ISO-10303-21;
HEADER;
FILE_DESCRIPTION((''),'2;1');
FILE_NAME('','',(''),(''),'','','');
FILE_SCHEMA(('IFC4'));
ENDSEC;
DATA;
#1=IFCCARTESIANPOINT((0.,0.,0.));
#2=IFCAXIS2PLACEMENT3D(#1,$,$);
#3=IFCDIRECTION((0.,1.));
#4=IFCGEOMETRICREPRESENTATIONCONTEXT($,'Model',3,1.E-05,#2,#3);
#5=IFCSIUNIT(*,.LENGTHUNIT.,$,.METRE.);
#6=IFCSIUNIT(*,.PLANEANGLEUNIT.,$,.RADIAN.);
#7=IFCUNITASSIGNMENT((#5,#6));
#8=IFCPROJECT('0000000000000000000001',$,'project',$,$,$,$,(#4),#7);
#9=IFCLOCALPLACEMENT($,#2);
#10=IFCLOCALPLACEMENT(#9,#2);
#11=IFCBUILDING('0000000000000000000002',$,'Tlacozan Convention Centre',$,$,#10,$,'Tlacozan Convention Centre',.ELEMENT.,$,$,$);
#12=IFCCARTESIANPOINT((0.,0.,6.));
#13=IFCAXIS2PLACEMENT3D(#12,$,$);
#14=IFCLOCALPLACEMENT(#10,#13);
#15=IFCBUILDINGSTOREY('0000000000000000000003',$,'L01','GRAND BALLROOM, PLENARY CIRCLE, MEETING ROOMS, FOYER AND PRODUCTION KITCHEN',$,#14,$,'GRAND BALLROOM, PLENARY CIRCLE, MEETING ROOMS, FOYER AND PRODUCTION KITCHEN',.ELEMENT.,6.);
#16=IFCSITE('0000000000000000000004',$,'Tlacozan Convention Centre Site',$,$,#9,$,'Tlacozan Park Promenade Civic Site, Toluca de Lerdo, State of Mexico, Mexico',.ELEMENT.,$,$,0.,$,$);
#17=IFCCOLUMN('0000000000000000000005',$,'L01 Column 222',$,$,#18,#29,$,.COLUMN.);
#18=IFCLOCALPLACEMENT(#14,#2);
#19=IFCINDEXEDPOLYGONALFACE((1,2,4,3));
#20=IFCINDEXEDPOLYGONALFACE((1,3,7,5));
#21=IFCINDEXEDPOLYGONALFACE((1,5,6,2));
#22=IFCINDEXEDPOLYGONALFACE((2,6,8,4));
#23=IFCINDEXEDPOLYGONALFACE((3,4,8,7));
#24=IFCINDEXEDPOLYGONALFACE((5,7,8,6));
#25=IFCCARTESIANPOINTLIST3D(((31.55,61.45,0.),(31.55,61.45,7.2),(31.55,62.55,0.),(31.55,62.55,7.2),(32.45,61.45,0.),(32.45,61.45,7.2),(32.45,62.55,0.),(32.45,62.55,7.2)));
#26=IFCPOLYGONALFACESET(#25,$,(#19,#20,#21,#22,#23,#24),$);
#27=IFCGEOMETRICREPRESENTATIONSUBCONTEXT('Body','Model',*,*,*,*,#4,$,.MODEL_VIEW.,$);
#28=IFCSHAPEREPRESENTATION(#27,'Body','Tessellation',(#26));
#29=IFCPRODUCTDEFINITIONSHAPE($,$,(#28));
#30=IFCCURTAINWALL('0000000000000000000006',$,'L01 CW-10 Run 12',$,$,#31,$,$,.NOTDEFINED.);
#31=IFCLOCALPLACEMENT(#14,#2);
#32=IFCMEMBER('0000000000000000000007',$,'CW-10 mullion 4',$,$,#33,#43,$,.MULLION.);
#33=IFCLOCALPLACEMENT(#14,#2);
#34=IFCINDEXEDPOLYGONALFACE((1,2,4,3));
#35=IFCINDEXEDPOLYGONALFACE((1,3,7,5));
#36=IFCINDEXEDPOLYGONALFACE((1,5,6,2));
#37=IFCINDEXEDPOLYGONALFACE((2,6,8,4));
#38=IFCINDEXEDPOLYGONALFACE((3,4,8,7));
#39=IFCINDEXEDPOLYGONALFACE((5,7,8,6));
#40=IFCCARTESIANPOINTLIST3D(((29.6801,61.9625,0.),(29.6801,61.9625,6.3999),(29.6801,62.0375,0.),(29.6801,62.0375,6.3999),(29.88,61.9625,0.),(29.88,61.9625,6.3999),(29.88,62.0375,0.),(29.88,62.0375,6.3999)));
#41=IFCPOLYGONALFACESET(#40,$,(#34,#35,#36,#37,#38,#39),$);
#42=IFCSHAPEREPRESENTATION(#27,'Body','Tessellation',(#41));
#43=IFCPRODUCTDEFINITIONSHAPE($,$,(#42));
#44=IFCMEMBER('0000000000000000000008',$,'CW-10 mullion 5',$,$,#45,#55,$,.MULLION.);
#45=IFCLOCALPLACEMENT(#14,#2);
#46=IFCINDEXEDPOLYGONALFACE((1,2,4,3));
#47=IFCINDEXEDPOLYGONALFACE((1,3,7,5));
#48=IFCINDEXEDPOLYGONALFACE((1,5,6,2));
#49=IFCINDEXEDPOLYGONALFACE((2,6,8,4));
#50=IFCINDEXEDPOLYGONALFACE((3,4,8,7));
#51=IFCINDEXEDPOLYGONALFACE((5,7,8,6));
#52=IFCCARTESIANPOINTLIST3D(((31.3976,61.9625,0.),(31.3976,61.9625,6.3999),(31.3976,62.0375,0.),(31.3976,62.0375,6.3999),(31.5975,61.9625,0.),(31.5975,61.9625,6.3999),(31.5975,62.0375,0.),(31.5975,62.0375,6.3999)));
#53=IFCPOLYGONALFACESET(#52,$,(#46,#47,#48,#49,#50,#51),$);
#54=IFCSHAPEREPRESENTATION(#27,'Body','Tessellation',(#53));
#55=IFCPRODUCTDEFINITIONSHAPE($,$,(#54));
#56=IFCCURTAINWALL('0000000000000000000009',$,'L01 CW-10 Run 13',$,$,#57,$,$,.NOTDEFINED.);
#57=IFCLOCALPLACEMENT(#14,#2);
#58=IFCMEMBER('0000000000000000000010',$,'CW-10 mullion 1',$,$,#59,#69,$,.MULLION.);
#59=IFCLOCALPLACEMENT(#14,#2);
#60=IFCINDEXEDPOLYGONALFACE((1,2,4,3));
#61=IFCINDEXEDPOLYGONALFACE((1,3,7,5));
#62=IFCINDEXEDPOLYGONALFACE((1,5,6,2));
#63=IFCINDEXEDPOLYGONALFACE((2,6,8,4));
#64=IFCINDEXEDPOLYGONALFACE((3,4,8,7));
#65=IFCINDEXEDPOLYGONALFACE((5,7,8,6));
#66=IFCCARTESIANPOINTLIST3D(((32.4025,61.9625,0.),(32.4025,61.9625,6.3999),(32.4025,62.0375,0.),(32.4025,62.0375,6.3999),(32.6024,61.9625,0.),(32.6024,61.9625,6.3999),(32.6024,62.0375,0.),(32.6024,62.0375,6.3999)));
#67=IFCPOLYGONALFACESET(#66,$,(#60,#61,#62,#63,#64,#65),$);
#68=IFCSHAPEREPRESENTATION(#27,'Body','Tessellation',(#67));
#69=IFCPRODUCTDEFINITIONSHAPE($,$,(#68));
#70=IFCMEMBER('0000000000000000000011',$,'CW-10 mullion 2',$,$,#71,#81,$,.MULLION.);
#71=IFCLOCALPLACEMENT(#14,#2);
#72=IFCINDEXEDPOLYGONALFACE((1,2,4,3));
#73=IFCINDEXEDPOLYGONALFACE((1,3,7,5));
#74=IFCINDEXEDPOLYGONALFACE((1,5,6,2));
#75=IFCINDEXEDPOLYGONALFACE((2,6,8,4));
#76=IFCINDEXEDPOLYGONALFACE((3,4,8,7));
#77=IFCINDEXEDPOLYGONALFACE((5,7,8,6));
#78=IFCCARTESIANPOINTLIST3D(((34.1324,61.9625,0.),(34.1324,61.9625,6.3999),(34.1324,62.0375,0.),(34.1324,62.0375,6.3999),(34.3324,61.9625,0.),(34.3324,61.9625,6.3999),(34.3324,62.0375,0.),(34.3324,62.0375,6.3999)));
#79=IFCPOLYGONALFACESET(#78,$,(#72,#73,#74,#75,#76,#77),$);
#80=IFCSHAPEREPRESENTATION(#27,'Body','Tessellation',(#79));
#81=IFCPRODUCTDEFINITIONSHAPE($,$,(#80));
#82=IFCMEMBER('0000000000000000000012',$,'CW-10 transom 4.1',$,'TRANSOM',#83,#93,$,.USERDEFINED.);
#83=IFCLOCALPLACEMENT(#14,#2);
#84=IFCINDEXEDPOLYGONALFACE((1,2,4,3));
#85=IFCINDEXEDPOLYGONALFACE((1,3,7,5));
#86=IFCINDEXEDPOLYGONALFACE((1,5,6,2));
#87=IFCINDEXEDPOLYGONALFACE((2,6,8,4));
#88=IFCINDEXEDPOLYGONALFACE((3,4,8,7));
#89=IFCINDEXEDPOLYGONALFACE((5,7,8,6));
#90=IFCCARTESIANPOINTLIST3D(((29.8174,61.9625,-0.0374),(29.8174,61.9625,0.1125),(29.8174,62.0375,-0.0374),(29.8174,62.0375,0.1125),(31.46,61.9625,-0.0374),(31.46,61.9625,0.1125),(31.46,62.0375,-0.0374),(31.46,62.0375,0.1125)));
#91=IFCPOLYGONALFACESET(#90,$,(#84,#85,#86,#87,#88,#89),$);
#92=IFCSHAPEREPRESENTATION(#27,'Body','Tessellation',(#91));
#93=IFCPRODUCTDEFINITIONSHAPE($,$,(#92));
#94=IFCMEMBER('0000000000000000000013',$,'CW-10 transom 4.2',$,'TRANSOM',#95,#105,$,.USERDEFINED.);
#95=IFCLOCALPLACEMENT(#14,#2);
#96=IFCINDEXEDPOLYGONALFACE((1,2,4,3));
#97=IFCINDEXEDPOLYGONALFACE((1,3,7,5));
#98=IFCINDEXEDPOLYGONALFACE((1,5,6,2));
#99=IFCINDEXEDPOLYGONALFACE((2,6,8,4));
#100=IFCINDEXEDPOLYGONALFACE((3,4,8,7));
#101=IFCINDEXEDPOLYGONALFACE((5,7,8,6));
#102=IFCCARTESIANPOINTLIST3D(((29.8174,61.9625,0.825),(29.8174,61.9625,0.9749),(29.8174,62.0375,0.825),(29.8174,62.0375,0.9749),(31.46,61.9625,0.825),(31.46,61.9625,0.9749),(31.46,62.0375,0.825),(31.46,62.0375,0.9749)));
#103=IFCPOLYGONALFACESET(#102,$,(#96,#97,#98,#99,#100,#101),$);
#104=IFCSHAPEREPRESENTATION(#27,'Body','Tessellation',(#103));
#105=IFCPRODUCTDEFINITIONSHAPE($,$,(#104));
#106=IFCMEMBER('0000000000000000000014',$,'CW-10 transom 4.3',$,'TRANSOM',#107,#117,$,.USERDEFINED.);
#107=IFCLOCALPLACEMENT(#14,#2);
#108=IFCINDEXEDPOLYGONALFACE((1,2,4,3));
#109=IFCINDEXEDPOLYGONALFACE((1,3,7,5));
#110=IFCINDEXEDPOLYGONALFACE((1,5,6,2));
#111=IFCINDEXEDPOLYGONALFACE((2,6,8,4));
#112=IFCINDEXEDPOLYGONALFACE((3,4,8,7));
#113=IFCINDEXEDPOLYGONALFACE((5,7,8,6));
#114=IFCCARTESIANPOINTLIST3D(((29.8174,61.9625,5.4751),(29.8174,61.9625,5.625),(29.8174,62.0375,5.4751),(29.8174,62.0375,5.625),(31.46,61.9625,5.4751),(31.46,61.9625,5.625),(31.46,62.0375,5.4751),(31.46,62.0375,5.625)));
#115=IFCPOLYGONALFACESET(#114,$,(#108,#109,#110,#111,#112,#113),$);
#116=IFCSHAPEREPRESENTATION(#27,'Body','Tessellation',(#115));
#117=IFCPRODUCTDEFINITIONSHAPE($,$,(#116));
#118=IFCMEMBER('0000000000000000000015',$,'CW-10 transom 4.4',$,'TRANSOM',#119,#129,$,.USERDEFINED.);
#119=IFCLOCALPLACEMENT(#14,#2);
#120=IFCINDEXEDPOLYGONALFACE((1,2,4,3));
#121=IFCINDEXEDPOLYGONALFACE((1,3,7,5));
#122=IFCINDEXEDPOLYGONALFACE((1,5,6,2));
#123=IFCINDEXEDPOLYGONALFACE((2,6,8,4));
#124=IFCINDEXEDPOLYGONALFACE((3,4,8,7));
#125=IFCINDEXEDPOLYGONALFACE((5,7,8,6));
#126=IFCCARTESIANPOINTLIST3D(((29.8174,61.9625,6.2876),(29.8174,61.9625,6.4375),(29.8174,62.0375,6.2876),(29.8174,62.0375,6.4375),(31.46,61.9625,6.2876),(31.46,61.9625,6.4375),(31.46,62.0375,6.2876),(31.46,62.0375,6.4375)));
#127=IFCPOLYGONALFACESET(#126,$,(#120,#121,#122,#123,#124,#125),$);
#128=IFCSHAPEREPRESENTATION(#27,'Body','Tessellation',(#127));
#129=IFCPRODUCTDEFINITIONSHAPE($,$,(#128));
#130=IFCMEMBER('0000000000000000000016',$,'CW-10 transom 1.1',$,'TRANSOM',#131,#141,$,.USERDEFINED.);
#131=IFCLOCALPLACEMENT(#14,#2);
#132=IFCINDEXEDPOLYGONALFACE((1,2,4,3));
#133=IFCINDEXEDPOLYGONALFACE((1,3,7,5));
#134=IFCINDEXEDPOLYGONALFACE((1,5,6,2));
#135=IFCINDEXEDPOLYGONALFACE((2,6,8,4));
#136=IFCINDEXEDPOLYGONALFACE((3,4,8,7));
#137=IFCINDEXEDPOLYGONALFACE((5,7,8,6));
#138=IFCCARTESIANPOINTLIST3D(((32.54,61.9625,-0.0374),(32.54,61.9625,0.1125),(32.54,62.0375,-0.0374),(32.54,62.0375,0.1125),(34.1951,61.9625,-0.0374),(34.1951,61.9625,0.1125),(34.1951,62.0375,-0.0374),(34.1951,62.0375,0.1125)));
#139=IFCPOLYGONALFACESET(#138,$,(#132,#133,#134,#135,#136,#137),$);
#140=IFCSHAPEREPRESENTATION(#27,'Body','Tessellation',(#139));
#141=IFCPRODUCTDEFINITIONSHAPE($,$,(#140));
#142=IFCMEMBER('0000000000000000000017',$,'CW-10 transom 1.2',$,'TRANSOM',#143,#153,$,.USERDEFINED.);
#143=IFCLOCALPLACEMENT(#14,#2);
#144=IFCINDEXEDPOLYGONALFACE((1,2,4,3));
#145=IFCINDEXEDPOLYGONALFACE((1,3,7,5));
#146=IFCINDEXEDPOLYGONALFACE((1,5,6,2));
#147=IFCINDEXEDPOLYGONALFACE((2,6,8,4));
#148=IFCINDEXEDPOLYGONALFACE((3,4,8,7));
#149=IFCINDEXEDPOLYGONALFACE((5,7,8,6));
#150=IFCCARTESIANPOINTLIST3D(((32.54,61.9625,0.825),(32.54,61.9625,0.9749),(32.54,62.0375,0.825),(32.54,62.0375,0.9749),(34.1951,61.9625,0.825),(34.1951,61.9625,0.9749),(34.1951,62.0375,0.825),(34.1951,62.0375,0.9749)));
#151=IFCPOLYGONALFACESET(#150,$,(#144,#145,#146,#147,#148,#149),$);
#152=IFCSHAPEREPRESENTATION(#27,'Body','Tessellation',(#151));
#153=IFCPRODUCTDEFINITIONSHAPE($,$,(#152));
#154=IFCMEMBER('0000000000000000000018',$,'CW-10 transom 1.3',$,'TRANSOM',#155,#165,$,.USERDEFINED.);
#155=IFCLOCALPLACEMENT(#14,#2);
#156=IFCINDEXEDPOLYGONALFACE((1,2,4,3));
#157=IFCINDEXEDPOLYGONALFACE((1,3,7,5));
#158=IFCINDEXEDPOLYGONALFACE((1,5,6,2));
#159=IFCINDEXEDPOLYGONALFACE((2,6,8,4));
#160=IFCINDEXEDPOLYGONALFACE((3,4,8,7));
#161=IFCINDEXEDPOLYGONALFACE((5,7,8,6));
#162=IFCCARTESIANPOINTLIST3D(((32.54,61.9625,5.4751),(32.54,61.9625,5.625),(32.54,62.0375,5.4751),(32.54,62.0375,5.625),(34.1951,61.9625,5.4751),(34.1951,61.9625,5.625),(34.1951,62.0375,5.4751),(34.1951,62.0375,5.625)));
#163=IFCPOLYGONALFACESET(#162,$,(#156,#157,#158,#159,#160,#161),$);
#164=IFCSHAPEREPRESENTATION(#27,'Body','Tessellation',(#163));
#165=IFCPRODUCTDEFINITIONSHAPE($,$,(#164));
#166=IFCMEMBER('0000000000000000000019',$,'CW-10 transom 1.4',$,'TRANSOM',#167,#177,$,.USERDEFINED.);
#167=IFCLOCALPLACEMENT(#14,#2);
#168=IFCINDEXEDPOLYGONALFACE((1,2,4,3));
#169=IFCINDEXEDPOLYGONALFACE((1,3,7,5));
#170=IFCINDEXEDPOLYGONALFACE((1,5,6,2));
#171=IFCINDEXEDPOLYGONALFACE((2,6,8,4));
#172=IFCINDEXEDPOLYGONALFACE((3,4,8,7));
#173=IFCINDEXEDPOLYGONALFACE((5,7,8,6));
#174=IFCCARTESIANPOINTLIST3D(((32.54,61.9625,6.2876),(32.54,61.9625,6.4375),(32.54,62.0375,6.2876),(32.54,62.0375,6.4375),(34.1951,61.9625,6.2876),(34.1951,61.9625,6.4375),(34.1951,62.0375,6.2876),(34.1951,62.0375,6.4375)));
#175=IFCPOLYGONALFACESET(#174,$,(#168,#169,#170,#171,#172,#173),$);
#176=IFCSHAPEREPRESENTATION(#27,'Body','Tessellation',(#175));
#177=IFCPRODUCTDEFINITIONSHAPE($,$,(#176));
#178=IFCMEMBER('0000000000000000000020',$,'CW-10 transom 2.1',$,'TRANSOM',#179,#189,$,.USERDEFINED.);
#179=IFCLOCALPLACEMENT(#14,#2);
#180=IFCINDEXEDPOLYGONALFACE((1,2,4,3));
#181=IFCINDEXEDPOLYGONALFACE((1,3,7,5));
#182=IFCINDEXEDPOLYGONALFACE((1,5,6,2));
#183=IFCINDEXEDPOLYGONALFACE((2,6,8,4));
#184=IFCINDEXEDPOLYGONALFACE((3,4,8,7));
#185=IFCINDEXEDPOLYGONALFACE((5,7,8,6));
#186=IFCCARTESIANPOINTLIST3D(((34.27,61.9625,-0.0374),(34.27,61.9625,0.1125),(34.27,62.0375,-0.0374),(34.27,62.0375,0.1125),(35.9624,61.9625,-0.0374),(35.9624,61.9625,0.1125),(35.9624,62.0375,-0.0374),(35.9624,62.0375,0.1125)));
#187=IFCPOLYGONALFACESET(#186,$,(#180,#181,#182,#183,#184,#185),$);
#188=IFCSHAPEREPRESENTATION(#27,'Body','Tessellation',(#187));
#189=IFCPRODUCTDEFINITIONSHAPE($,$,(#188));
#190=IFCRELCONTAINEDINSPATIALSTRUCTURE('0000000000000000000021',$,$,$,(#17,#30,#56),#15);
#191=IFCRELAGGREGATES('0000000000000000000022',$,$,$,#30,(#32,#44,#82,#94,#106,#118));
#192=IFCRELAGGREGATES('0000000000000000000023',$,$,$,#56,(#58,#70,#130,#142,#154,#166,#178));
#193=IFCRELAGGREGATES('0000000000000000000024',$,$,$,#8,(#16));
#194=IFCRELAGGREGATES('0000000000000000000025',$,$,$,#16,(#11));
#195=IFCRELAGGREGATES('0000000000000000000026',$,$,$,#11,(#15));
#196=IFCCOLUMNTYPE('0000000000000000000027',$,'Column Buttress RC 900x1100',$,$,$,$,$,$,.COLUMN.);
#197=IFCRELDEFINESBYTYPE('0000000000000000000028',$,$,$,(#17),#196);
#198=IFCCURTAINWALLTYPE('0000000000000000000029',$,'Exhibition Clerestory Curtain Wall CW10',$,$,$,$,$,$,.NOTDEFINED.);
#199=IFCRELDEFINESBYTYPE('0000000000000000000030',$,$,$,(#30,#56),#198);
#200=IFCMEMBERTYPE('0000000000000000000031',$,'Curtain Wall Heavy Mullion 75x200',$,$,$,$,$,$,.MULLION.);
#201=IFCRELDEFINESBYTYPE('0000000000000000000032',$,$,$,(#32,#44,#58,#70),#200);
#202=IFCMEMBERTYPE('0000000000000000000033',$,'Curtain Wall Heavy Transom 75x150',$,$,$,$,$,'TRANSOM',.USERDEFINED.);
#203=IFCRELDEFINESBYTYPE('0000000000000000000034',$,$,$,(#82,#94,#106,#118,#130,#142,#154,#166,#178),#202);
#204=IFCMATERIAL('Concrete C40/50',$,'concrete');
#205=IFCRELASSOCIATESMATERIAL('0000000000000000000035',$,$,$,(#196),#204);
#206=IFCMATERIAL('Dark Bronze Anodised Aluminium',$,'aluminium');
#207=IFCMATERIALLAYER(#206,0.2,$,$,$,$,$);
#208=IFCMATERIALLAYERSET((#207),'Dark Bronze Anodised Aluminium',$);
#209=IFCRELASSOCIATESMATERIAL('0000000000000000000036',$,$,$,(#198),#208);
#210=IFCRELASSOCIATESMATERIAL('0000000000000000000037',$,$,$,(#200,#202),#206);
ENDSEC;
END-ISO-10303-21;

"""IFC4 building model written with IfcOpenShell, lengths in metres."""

from ifc_helpers import new_model, si_unit, direction, frame, origin, origin_2d, place, context, subcontext, project, spatial, rectangle, extrude, material, layer, layer_set, material_profile, profile_set, type_object, element, aggregate, save


model = new_model("IFC4")

# Units and contexts
model_context = context("Model", 3, precision=1e-05, world=origin(), true_north=direction((0.0, 1.0)))
body_context = subcontext(model_context, "Body", "Model", "MODEL_VIEW")
ifc_project = project(units=[si_unit("LENGTHUNIT", "METRE"), si_unit("PLANEANGLEUNIT", "RADIAN")], contexts=[model_context])

# Site, building, storey
site_placement = place(None, origin())
site = spatial("IfcSite", under=ifc_project, at=site_placement, Name="Tlacozan Convention Centre Site", LongName="Tlacozan Park Promenade Civic Site, Toluca de Lerdo, State of Mexico, Mexico", CompositionType="ELEMENT", RefElevation=0.0)
building_placement = place(site_placement, origin())
building = spatial("IfcBuilding", under=site, at=building_placement, Name="Tlacozan Convention Centre", LongName="Tlacozan Convention Centre", CompositionType="ELEMENT")
storey_placement = place(building_placement, frame((0.0, 0.0, 6.0)))
storey = spatial("IfcBuildingStorey", under=building, at=storey_placement, Name="L01", Description="GRAND BALLROOM, PLENARY CIRCLE, MEETING ROOMS, FOYER AND PRODUCTION KITCHEN", LongName="GRAND BALLROOM, PLENARY CIRCLE, MEETING ROOMS, FOYER AND PRODUCTION KITCHEN", CompositionType="ELEMENT", Elevation=6.0)

# Column
ifc_material_1 = material(Name="Concrete C40/50", Category="concrete")
ifc_material_profile_1 = material_profile(ifc_material_1, rectangle(XDim=0.8999, YDim=1.1001, at=origin_2d()), Name="RC 900x1100")
ifc_profile_set_1 = profile_set([ifc_material_profile_1], Name="Concrete C40/50")
column_type = type_object("IfcColumnType", Name="Column Buttress RC 900x1100", PredefinedType="COLUMN", material=ifc_profile_set_1)
column_placement = place(storey_placement, frame((32.0, 62.0, 0.0), z_axis=(0.0, 0.0, 1.0), x_axis=(1.0, 0.0, 0.0)))
element("IfcColumn", 1, at=column_placement, inside=storey, type_object=column_type, Name="L01 Column 222", PredefinedType="COLUMN", context=body_context, shape_type="SweptSolid", body=[
    extrude(rectangle(XDim=0.8999, YDim=1.1001, at=origin_2d()), origin(), (0.0, 0.0, 1.0), 7.2),
])

# Curtain walls, members
ifc_material_2 = material(Name="Dark Bronze Anodised Aluminium", Category="aluminium")
ifc_layer_1 = layer(ifc_material_2, 0.2)
ifc_layer_set_1 = layer_set([ifc_layer_1], Name="Dark Bronze Anodised Aluminium")
curtain_wall_type = type_object("IfcCurtainWallType", Name="Exhibition Clerestory Curtain Wall CW10", PredefinedType="NOTDEFINED", material=ifc_layer_set_1)
curtain_wall_1_placement = place(storey_placement, origin())
curtain_wall_1 = element("IfcCurtainWall", 2, at=curtain_wall_1_placement, inside=storey, type_object=curtain_wall_type, Name="L01 CW-10 Run 12", PredefinedType="NOTDEFINED")
ifc_material_profile_2 = material_profile(ifc_material_2, rectangle(XDim=0.075, YDim=0.2, at=origin_2d()), Name="ALU 75x200")
ifc_profile_set_2 = profile_set([ifc_material_profile_2], Name="Dark Bronze Anodised Aluminium")
member_type_1 = type_object("IfcMemberType", Name="Curtain Wall Heavy Mullion 75x200", PredefinedType="MULLION", material=ifc_profile_set_2)
member_1_placement = place(storey_placement, frame((29.78, 62.0, 0.0), z_axis=(0.0, 0.0, 1.0), x_axis=(0.0, 1.0, 0.0)))
member_1 = element("IfcMember", 3, at=member_1_placement, type_object=member_type_1, Name="CW-10 mullion 4", PredefinedType="MULLION", context=body_context, shape_type="SweptSolid", body=[
    extrude(rectangle(XDim=0.075, YDim=0.2, at=origin_2d()), origin(), (0.0, 0.0, 1.0), 6.3999),
])
member_2_placement = place(storey_placement, frame((31.4976, 62.0, 0.0), z_axis=(0.0, 0.0, 1.0), x_axis=(0.0, 1.0, 0.0)))
member_2 = element("IfcMember", 4, at=member_2_placement, type_object=member_type_1, Name="CW-10 mullion 5", PredefinedType="MULLION", context=body_context, shape_type="SweptSolid", body=[
    extrude(rectangle(XDim=0.075, YDim=0.2, at=origin_2d()), origin(), (0.0, 0.0, 1.0), 6.3999),
])
curtain_wall_2_placement = place(storey_placement, origin())
curtain_wall_2 = element("IfcCurtainWall", 5, at=curtain_wall_2_placement, inside=storey, type_object=curtain_wall_type, Name="L01 CW-10 Run 13", PredefinedType="NOTDEFINED")
member_3_placement = place(storey_placement, frame((32.5024, 62.0, 0.0), z_axis=(0.0, 0.0, 1.0), x_axis=(0.0, 1.0, 0.0)))
member_3 = element("IfcMember", 6, at=member_3_placement, type_object=member_type_1, Name="CW-10 mullion 1", PredefinedType="MULLION", context=body_context, shape_type="SweptSolid", body=[
    extrude(rectangle(XDim=0.075, YDim=0.2, at=origin_2d()), origin(), (0.0, 0.0, 1.0), 6.3999),
])
member_4_placement = place(storey_placement, frame((34.2324, 62.0, 0.0), z_axis=(0.0, 0.0, 1.0), x_axis=(0.0, 1.0, 0.0)))
member_4 = element("IfcMember", 7, at=member_4_placement, type_object=member_type_1, Name="CW-10 mullion 2", PredefinedType="MULLION", context=body_context, shape_type="SweptSolid", body=[
    extrude(rectangle(XDim=0.075, YDim=0.2, at=origin_2d()), origin(), (0.0, 0.0, 1.0), 6.3999),
])

# Members
ifc_material_profile_3 = material_profile(ifc_material_2, rectangle(XDim=0.075, YDim=0.1499, at=origin_2d()), Name="ALU 75x150")
ifc_profile_set_3 = profile_set([ifc_material_profile_3], Name="Dark Bronze Anodised Aluminium")
member_type_2 = type_object("IfcMemberType", Name="Curtain Wall Heavy Transom 75x150", ElementType="TRANSOM", PredefinedType="USERDEFINED", material=ifc_profile_set_3)
member_5_placement = place(storey_placement, frame((29.8174, 62.0, 0.0376), z_axis=(1.0, 0.0, 0.0), x_axis=(0.0, 1.0, 0.0)))
member_5 = element("IfcMember", 8, at=member_5_placement, type_object=member_type_2, Name="CW-10 transom 4.1", ObjectType="TRANSOM", PredefinedType="USERDEFINED", context=body_context, shape_type="SweptSolid", body=[
    extrude(rectangle(XDim=0.075, YDim=0.1499, at=origin_2d()), origin(), (0.0, 0.0, 1.0), 1.6426),
])
member_6_placement = place(storey_placement, frame((29.8174, 62.0, 0.8999), z_axis=(1.0, 0.0, 0.0), x_axis=(0.0, 1.0, 0.0)))
member_6 = element("IfcMember", 9, at=member_6_placement, type_object=member_type_2, Name="CW-10 transom 4.2", ObjectType="TRANSOM", PredefinedType="USERDEFINED", context=body_context, shape_type="SweptSolid", body=[
    extrude(rectangle(XDim=0.075, YDim=0.1499, at=origin_2d()), origin(), (0.0, 0.0, 1.0), 1.6426),
])
member_7_placement = place(storey_placement, frame((29.8174, 62.0, 5.55), z_axis=(1.0, 0.0, 0.0), x_axis=(0.0, 1.0, 0.0)))
member_7 = element("IfcMember", 10, at=member_7_placement, type_object=member_type_2, Name="CW-10 transom 4.3", ObjectType="TRANSOM", PredefinedType="USERDEFINED", context=body_context, shape_type="SweptSolid", body=[
    extrude(rectangle(XDim=0.075, YDim=0.1499, at=origin_2d()), origin(), (0.0, 0.0, 1.0), 1.6426),
])
member_8_placement = place(storey_placement, frame((29.8174, 62.0, 6.3625), z_axis=(1.0, 0.0, 0.0), x_axis=(0.0, 1.0, 0.0)))
member_8 = element("IfcMember", 11, at=member_8_placement, type_object=member_type_2, Name="CW-10 transom 4.4", ObjectType="TRANSOM", PredefinedType="USERDEFINED", context=body_context, shape_type="SweptSolid", body=[
    extrude(rectangle(XDim=0.075, YDim=0.1499, at=origin_2d()), origin(), (0.0, 0.0, 1.0), 1.6426),
])
member_9_placement = place(storey_placement, frame((32.54, 62.0, 0.0376), z_axis=(1.0, 0.0, 0.0), x_axis=(0.0, 1.0, 0.0)))
member_9 = element("IfcMember", 12, at=member_9_placement, type_object=member_type_2, Name="CW-10 transom 1.1", ObjectType="TRANSOM", PredefinedType="USERDEFINED", context=body_context, shape_type="SweptSolid", body=[
    extrude(rectangle(XDim=0.075, YDim=0.1499, at=origin_2d()), origin(), (0.0, 0.0, 1.0), 1.655),
])
member_10_placement = place(storey_placement, frame((32.54, 62.0, 0.8999), z_axis=(1.0, 0.0, 0.0), x_axis=(0.0, 1.0, 0.0)))
member_10 = element("IfcMember", 13, at=member_10_placement, type_object=member_type_2, Name="CW-10 transom 1.2", ObjectType="TRANSOM", PredefinedType="USERDEFINED", context=body_context, shape_type="SweptSolid", body=[
    extrude(rectangle(XDim=0.075, YDim=0.1499, at=origin_2d()), origin(), (0.0, 0.0, 1.0), 1.655),
])
member_11_placement = place(storey_placement, frame((32.54, 62.0, 5.55), z_axis=(1.0, 0.0, 0.0), x_axis=(0.0, 1.0, 0.0)))
member_11 = element("IfcMember", 14, at=member_11_placement, type_object=member_type_2, Name="CW-10 transom 1.3", ObjectType="TRANSOM", PredefinedType="USERDEFINED", context=body_context, shape_type="SweptSolid", body=[
    extrude(rectangle(XDim=0.075, YDim=0.1499, at=origin_2d()), origin(), (0.0, 0.0, 1.0), 1.655),
])
member_12_placement = place(storey_placement, frame((32.54, 62.0, 6.3625), z_axis=(1.0, 0.0, 0.0), x_axis=(0.0, 1.0, 0.0)))
member_12 = element("IfcMember", 15, at=member_12_placement, type_object=member_type_2, Name="CW-10 transom 1.4", ObjectType="TRANSOM", PredefinedType="USERDEFINED", context=body_context, shape_type="SweptSolid", body=[
    extrude(rectangle(XDim=0.075, YDim=0.1499, at=origin_2d()), origin(), (0.0, 0.0, 1.0), 1.655),
])
member_13_placement = place(storey_placement, frame((34.27, 62.0, 0.0376), z_axis=(1.0, 0.0, 0.0), x_axis=(0.0, 1.0, 0.0)))
member_13 = element("IfcMember", 16, at=member_13_placement, type_object=member_type_2, Name="CW-10 transom 2.1", ObjectType="TRANSOM", PredefinedType="USERDEFINED", context=body_context, shape_type="SweptSolid", body=[
    extrude(rectangle(XDim=0.075, YDim=0.1499, at=origin_2d()), origin(), (0.0, 0.0, 1.0), 1.6924),
])

aggregate(curtain_wall_1, [member_1, member_2, member_5, member_6, member_7, member_8])
aggregate(curtain_wall_2, [member_3, member_4, member_9, member_10, member_11, member_12, member_13])

save(model, "model.ifc")
